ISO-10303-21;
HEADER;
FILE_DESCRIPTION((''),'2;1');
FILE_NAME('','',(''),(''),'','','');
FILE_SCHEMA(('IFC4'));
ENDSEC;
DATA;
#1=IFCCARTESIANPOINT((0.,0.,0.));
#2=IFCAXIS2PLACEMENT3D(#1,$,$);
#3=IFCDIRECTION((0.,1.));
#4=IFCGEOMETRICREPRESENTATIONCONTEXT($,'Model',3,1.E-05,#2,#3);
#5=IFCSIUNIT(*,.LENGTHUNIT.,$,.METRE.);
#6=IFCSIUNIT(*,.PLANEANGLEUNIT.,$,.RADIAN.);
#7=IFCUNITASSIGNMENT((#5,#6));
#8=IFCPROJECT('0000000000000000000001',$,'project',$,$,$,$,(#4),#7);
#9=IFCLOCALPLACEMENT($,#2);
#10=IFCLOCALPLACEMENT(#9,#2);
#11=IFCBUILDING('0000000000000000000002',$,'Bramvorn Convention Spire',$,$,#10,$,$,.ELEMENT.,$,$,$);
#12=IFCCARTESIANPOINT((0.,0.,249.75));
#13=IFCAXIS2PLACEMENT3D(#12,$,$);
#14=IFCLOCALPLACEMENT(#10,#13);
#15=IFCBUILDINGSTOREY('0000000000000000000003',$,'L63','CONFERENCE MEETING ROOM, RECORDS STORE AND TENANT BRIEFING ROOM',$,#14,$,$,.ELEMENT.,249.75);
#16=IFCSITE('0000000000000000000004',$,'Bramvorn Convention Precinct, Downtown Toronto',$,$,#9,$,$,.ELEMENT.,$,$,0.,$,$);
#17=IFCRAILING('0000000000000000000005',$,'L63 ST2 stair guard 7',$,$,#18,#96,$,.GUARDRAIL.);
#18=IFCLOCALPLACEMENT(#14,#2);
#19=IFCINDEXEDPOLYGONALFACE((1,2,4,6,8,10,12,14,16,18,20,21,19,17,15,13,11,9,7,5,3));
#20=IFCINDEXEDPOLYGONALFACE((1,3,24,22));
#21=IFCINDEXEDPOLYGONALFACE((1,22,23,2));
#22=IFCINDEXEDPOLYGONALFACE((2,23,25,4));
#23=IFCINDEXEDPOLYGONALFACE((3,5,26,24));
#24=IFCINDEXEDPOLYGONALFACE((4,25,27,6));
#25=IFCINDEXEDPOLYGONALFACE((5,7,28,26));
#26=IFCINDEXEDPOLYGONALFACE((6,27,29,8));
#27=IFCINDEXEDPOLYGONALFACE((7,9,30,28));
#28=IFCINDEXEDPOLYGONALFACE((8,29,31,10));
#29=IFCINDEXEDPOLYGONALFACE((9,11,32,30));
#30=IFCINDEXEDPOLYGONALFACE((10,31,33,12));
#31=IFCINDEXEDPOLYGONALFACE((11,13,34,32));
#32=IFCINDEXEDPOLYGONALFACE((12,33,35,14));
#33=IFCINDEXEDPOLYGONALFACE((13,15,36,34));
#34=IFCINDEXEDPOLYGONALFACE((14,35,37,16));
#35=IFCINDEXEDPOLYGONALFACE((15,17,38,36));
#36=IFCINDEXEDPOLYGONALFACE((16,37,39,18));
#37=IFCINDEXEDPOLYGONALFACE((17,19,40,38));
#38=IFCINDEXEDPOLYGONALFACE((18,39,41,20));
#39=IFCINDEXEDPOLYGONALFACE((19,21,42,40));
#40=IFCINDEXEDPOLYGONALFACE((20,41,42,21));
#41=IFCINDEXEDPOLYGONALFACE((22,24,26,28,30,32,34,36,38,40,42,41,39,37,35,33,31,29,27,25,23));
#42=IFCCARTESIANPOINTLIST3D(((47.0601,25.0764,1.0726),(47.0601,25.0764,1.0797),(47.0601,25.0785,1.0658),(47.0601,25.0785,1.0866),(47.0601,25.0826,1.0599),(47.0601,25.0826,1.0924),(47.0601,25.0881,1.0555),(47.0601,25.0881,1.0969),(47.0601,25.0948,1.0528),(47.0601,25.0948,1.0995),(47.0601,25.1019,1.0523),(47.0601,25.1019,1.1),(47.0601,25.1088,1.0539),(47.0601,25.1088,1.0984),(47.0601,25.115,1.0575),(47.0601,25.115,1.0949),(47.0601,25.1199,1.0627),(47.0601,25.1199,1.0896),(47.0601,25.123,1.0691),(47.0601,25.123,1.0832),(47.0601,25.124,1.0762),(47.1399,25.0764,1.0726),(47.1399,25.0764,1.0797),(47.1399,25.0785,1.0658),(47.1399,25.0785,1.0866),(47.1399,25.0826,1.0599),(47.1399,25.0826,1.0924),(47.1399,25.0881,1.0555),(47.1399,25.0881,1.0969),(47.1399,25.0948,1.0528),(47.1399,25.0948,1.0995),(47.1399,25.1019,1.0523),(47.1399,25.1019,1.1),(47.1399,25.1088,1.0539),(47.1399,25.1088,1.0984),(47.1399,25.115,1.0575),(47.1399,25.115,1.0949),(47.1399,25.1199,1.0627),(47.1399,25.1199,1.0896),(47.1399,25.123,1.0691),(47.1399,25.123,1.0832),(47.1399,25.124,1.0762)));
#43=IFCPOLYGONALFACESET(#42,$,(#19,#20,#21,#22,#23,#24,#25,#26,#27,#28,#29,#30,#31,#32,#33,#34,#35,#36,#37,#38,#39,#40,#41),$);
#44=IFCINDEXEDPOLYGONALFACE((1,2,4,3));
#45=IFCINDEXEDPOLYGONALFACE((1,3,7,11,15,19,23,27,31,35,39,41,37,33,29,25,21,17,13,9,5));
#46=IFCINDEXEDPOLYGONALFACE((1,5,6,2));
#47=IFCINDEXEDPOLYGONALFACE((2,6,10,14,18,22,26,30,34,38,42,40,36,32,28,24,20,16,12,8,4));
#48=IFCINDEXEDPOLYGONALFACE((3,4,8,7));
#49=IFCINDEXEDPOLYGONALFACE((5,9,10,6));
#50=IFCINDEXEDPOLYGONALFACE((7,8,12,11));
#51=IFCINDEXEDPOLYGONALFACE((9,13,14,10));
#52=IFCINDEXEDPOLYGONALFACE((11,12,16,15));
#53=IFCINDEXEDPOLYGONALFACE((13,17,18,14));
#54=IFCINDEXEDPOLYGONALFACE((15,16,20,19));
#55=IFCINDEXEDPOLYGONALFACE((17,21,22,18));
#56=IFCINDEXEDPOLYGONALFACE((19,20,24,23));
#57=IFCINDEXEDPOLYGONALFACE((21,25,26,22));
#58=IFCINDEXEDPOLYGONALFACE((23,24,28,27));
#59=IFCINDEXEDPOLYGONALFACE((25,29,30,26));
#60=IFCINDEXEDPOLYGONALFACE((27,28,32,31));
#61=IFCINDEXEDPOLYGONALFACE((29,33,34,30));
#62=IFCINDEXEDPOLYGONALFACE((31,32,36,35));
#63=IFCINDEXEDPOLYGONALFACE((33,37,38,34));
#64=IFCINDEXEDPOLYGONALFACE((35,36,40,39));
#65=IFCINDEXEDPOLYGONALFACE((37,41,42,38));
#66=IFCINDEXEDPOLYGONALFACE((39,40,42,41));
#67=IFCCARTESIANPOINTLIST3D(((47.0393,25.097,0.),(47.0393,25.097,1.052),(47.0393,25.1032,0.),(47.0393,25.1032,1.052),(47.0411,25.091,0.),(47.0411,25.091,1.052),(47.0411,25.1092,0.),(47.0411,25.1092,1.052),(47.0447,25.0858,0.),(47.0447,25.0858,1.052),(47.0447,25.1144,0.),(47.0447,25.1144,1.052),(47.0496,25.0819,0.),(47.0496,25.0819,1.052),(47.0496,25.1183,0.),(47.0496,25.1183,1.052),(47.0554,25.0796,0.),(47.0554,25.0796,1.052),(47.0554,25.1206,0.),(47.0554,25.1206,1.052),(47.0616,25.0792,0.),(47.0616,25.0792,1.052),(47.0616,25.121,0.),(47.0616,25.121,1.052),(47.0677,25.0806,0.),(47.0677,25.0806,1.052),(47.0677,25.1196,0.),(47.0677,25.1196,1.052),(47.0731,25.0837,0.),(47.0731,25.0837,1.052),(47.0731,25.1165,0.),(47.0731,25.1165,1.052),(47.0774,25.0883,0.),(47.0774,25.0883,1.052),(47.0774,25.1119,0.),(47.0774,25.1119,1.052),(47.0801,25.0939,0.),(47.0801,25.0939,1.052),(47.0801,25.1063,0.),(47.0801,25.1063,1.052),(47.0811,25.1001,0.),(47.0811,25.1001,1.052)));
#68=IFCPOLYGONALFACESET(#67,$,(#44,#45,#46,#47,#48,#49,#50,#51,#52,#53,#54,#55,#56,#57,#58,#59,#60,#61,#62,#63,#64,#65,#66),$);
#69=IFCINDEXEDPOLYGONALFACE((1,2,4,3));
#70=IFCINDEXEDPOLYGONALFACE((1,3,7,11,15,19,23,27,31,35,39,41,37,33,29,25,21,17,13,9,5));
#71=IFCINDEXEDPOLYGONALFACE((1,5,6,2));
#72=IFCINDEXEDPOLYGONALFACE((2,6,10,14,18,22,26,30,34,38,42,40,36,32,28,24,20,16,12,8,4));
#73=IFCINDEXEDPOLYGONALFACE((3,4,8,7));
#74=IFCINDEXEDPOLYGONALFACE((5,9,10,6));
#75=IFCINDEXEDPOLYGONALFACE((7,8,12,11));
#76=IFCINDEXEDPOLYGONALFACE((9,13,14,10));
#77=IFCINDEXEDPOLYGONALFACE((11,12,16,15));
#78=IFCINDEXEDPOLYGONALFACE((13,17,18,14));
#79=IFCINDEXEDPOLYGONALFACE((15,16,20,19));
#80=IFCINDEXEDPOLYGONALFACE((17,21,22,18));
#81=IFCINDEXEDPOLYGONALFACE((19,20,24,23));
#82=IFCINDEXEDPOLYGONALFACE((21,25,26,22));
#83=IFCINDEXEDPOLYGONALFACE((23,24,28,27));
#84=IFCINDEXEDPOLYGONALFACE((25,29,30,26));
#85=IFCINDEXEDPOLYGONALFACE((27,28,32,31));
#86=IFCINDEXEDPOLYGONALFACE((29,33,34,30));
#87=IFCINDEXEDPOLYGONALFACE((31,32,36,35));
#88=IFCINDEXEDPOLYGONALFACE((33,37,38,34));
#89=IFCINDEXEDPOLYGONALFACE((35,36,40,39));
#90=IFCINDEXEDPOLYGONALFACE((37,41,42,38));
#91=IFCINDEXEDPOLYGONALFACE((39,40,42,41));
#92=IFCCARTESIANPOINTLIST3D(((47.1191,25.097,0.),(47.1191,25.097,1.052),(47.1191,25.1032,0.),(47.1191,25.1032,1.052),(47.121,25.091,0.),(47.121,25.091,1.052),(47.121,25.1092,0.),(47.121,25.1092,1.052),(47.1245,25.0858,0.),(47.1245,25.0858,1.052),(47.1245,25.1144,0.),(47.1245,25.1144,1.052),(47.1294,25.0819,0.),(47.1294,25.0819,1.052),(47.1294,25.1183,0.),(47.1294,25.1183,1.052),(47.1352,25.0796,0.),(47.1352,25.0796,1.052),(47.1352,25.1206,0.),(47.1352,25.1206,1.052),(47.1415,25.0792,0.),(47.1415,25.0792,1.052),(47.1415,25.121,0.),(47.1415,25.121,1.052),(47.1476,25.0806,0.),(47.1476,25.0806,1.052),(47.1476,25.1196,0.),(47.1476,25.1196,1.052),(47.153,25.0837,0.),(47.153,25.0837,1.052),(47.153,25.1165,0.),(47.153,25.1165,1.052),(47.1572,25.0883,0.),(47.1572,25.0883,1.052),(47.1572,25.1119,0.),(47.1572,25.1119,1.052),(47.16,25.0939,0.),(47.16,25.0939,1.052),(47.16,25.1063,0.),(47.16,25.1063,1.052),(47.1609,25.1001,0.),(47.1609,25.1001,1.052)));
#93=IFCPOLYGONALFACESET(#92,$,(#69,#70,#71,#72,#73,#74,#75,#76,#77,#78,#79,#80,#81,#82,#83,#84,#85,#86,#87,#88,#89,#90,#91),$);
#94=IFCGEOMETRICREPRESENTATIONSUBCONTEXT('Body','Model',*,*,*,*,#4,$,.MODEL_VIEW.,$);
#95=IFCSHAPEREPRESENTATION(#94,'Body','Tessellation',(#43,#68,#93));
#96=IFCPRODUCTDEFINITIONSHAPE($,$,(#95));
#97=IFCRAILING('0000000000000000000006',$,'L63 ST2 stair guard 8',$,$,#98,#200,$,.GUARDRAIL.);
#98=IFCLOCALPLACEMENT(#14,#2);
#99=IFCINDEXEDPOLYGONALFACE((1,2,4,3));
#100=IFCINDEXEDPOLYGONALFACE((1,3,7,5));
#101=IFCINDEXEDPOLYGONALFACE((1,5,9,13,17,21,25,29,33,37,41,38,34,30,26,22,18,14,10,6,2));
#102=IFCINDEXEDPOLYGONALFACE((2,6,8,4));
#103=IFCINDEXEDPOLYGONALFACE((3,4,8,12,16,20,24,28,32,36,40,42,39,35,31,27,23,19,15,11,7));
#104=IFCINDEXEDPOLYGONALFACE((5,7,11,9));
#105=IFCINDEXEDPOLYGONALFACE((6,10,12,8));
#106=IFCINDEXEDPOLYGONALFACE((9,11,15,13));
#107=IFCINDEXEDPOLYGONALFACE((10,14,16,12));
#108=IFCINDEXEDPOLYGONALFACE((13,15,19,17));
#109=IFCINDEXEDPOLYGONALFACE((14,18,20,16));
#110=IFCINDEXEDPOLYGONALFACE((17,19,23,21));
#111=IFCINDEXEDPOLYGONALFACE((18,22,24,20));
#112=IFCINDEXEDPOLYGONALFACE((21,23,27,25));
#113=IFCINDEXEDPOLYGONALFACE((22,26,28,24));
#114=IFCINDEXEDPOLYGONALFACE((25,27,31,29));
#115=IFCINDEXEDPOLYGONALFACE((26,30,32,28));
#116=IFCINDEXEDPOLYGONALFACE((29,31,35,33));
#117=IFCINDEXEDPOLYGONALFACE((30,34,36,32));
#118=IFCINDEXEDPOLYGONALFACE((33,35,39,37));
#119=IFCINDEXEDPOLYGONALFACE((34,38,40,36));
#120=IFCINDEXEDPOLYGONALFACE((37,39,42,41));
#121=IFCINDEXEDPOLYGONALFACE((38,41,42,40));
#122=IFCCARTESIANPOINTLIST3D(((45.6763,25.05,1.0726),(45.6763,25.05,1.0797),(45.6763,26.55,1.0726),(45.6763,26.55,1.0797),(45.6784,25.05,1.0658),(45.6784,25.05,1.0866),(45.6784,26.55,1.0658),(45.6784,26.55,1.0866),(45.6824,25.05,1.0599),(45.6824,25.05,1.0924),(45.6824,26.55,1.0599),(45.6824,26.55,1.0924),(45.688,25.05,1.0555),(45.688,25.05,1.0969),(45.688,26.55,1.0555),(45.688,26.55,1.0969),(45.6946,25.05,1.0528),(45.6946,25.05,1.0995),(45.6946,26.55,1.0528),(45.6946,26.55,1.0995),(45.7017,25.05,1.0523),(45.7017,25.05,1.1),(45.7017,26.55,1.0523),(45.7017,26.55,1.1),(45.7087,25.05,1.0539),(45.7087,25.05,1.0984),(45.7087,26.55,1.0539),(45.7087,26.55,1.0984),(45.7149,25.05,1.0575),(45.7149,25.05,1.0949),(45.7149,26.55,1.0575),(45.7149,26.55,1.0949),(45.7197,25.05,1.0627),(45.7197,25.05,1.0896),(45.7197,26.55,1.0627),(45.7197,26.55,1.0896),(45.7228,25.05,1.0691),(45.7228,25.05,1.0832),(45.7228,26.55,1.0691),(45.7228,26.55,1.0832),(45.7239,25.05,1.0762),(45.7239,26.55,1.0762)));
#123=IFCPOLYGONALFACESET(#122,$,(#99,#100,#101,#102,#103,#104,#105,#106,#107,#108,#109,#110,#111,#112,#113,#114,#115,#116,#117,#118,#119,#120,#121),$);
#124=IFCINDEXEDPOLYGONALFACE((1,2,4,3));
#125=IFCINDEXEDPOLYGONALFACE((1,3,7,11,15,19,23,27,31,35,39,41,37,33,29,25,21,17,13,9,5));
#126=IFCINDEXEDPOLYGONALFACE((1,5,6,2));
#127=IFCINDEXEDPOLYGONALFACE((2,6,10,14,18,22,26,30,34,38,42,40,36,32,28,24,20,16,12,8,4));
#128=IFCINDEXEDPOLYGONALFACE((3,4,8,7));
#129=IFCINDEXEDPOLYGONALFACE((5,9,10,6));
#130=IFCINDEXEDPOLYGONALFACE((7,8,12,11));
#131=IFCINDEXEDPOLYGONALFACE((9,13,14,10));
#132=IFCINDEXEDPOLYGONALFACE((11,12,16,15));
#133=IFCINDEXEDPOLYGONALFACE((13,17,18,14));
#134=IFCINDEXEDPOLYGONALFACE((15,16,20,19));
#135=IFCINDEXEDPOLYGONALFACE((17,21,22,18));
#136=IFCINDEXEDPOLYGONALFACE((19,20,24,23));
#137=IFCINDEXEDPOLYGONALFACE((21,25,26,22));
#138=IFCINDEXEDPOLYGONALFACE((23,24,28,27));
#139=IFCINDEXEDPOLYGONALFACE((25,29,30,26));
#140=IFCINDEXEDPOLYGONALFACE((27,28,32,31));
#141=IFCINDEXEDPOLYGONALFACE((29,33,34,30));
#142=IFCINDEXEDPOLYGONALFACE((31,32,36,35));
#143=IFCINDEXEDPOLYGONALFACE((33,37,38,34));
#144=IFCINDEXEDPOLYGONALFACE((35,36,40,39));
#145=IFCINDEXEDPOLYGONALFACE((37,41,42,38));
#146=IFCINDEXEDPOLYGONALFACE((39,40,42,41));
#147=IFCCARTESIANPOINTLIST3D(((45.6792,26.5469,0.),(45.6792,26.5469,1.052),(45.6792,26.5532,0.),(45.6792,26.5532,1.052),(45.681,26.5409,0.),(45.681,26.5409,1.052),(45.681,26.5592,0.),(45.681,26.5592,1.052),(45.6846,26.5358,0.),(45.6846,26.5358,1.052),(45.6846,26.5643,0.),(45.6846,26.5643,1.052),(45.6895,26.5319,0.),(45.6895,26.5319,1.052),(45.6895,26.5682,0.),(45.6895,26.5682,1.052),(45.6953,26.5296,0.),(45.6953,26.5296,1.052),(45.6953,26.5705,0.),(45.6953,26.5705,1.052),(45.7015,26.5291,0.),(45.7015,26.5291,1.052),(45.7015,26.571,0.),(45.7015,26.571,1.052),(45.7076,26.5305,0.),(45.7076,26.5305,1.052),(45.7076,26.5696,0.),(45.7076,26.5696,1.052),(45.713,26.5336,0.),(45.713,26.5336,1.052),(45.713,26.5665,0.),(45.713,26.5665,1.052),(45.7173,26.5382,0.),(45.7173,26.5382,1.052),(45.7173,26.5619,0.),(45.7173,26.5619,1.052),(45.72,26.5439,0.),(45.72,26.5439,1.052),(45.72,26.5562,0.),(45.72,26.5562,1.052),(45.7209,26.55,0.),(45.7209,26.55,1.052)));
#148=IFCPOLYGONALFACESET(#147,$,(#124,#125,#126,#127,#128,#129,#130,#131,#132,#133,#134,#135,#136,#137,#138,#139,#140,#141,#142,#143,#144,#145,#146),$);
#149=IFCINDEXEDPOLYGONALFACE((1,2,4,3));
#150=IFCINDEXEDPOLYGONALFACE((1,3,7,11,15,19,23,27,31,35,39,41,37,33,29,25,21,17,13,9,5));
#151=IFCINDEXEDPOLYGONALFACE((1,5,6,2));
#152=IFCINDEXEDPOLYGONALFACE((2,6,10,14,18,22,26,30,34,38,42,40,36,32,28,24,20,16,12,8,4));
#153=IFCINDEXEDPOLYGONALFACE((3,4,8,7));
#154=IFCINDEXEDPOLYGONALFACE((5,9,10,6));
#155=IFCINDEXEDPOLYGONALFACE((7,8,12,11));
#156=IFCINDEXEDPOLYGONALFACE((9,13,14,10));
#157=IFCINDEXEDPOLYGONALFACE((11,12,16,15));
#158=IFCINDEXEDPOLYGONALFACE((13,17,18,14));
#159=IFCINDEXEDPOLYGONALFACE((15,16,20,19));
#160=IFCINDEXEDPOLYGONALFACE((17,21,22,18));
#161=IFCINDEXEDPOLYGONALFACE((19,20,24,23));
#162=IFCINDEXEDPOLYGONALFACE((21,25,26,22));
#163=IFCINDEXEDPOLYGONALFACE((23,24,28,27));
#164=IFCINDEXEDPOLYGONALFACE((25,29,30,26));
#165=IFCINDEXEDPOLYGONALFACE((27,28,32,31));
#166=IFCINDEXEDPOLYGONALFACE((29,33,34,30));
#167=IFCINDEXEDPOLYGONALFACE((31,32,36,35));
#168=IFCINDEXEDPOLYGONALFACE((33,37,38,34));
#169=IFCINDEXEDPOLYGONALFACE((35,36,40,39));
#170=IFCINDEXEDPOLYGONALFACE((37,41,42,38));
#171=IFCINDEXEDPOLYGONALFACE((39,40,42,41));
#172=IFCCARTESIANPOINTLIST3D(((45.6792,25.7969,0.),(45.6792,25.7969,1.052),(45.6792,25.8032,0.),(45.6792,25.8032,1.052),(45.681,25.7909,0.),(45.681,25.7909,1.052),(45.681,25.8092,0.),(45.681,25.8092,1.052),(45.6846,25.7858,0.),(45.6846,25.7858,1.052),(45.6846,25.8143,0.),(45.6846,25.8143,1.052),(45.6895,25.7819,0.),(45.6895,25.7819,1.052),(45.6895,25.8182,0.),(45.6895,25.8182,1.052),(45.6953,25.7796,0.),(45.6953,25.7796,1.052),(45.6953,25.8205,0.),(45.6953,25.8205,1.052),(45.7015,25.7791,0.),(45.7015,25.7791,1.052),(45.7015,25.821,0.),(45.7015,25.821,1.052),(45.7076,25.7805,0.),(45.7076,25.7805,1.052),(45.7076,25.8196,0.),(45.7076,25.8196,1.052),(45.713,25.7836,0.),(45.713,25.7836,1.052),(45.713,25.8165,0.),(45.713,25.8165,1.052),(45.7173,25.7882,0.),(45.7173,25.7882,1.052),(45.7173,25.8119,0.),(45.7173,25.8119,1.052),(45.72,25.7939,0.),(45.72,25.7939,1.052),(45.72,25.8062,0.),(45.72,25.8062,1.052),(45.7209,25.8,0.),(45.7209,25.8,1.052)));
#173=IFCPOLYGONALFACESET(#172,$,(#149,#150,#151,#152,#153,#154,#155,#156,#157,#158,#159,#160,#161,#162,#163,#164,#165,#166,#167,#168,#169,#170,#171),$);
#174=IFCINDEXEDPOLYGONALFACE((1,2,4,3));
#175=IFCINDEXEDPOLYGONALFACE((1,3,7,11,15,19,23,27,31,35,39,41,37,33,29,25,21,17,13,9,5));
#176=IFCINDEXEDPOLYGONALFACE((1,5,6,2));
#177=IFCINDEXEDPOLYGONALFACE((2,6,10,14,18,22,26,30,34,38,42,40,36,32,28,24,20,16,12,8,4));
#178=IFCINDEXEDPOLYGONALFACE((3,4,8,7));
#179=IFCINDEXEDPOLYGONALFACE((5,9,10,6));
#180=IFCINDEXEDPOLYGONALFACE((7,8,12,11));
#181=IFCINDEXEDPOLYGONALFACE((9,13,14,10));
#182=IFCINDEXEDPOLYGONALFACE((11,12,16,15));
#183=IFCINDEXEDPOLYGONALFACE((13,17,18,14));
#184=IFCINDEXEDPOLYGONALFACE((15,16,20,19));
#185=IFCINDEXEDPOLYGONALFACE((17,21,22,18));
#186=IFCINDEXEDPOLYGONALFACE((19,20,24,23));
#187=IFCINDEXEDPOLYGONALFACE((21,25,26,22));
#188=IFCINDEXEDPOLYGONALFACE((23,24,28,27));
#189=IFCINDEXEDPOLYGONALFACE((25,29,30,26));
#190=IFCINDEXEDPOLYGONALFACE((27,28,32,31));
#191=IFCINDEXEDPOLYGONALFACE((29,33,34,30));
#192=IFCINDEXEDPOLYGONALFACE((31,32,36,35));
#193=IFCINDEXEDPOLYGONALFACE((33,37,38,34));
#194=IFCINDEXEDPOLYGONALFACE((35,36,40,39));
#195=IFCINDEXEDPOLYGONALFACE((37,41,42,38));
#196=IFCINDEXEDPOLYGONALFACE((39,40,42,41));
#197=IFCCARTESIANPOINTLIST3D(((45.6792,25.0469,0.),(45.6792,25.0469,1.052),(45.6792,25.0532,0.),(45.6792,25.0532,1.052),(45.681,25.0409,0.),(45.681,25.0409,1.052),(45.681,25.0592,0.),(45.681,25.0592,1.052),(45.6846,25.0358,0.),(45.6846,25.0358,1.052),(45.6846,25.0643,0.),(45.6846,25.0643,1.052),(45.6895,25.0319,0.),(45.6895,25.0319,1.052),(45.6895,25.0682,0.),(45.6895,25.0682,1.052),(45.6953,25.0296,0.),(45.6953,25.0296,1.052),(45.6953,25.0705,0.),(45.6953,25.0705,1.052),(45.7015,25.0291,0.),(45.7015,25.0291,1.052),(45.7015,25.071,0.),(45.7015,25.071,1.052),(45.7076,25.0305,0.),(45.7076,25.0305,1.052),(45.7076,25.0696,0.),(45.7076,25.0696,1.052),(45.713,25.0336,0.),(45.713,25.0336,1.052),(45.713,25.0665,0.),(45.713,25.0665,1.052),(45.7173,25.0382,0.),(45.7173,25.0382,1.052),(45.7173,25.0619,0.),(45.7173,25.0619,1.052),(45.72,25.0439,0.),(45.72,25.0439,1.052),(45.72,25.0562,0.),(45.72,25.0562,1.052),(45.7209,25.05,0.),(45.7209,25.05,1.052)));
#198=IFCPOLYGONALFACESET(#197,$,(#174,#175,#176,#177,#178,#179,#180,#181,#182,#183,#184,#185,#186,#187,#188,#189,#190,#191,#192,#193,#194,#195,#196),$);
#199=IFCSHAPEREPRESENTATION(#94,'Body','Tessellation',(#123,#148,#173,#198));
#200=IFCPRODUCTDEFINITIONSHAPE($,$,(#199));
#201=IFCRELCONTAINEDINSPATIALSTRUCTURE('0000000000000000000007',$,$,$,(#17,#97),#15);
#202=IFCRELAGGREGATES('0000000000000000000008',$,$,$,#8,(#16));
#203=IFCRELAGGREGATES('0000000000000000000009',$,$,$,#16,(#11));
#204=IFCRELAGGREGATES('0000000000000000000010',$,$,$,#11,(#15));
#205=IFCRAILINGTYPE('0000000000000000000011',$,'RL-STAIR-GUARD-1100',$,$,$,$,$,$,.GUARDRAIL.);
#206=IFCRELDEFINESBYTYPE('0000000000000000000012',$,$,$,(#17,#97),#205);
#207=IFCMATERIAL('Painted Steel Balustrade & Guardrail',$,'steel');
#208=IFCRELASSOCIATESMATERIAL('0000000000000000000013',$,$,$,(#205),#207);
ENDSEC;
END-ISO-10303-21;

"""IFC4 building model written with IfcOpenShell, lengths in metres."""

from ifc_helpers import new_model, si_unit, direction, frame, origin, origin_2d, place, context, subcontext, project, spatial, circle, extrude, material, type_object, element, save


model = new_model("IFC4")

# Units and contexts
model_context = context("Model", 3, precision=1e-05, world=origin(), true_north=direction((0.0, 1.0)))
body_context = subcontext(model_context, "Body", "Model", "MODEL_VIEW")
ifc_project = project(units=[si_unit("LENGTHUNIT", "METRE"), si_unit("PLANEANGLEUNIT", "RADIAN")], contexts=[model_context])

# Site, building, storey
site_placement = place(None, origin())
site = spatial("IfcSite", under=ifc_project, at=site_placement, Name="Bramvorn Convention Precinct, Downtown Toronto", CompositionType="ELEMENT", RefElevation=0.0)
building_placement = place(site_placement, origin())
building = spatial("IfcBuilding", under=site, at=building_placement, Name="Bramvorn Convention Spire", CompositionType="ELEMENT")
storey_placement = place(building_placement, frame((0.0, 0.0, 249.75)))
storey = spatial("IfcBuildingStorey", under=building, at=storey_placement, Name="L63", Description="CONFERENCE MEETING ROOM, RECORDS STORE AND TENANT BRIEFING ROOM", CompositionType="ELEMENT", Elevation=249.75)

# Railings
ifc_material_1 = material(Name="Painted Steel Balustrade & Guardrail", Category="steel")
railing_type_1 = type_object("IfcRailingType", Name="RL-STAIR-GUARD-1100", PredefinedType="GUARDRAIL", material=ifc_material_1)
railing_1_placement = place(storey_placement, frame((47.0601, 25.1001, 0.0)))
element("IfcRailing", 1, at=railing_1_placement, inside=storey, type_object=railing_type_1, Name="L63 ST2 stair guard 7", PredefinedType="GUARDRAIL", context=body_context, shape_type="SweptSolid", body=[
    extrude(circle(Radius=0.0239, at=origin_2d()), frame((0.0, 0.0, 1.0762), z_axis=(1.0, 0.0, 0.0), x_axis=(0.0, 1.0, 0.0)), (0.0, 0.0, 1.0), 0.0798),
    extrude(circle(Radius=0.021, at=origin_2d()), origin(), (0.0, 0.0, 1.0), 1.052),
    extrude(circle(Radius=0.021, at=origin_2d()), frame((0.0798, 0.0, 0.0)), (0.0, 0.0, 1.0), 1.052),
])
railing_2_placement = place(storey_placement, frame((45.7, 26.55, 0.0)))
element("IfcRailing", 2, at=railing_2_placement, inside=storey, type_object=railing_type_1, Name="L63 ST2 stair guard 8", PredefinedType="GUARDRAIL", context=body_context, shape_type="SweptSolid", body=[
    extrude(circle(Radius=0.0239, at=origin_2d()), frame((0.0, 0.0, 1.0762), z_axis=(0.0, -1.0, 0.0), x_axis=(1.0, 0.0, 0.0)), (0.0, 0.0, 1.0), 1.5),
    extrude(circle(Radius=0.021, at=origin_2d()), origin(), (0.0, 0.0, 1.0), 1.052),
    extrude(circle(Radius=0.021, at=origin_2d()), frame((0.0, -0.75, 0.0)), (0.0, 0.0, 1.0), 1.052),
    extrude(circle(Radius=0.021, at=origin_2d()), frame((0.0, -1.5, 0.0)), (0.0, 0.0, 1.0), 1.052),
])

save(model, "model.ifc")
